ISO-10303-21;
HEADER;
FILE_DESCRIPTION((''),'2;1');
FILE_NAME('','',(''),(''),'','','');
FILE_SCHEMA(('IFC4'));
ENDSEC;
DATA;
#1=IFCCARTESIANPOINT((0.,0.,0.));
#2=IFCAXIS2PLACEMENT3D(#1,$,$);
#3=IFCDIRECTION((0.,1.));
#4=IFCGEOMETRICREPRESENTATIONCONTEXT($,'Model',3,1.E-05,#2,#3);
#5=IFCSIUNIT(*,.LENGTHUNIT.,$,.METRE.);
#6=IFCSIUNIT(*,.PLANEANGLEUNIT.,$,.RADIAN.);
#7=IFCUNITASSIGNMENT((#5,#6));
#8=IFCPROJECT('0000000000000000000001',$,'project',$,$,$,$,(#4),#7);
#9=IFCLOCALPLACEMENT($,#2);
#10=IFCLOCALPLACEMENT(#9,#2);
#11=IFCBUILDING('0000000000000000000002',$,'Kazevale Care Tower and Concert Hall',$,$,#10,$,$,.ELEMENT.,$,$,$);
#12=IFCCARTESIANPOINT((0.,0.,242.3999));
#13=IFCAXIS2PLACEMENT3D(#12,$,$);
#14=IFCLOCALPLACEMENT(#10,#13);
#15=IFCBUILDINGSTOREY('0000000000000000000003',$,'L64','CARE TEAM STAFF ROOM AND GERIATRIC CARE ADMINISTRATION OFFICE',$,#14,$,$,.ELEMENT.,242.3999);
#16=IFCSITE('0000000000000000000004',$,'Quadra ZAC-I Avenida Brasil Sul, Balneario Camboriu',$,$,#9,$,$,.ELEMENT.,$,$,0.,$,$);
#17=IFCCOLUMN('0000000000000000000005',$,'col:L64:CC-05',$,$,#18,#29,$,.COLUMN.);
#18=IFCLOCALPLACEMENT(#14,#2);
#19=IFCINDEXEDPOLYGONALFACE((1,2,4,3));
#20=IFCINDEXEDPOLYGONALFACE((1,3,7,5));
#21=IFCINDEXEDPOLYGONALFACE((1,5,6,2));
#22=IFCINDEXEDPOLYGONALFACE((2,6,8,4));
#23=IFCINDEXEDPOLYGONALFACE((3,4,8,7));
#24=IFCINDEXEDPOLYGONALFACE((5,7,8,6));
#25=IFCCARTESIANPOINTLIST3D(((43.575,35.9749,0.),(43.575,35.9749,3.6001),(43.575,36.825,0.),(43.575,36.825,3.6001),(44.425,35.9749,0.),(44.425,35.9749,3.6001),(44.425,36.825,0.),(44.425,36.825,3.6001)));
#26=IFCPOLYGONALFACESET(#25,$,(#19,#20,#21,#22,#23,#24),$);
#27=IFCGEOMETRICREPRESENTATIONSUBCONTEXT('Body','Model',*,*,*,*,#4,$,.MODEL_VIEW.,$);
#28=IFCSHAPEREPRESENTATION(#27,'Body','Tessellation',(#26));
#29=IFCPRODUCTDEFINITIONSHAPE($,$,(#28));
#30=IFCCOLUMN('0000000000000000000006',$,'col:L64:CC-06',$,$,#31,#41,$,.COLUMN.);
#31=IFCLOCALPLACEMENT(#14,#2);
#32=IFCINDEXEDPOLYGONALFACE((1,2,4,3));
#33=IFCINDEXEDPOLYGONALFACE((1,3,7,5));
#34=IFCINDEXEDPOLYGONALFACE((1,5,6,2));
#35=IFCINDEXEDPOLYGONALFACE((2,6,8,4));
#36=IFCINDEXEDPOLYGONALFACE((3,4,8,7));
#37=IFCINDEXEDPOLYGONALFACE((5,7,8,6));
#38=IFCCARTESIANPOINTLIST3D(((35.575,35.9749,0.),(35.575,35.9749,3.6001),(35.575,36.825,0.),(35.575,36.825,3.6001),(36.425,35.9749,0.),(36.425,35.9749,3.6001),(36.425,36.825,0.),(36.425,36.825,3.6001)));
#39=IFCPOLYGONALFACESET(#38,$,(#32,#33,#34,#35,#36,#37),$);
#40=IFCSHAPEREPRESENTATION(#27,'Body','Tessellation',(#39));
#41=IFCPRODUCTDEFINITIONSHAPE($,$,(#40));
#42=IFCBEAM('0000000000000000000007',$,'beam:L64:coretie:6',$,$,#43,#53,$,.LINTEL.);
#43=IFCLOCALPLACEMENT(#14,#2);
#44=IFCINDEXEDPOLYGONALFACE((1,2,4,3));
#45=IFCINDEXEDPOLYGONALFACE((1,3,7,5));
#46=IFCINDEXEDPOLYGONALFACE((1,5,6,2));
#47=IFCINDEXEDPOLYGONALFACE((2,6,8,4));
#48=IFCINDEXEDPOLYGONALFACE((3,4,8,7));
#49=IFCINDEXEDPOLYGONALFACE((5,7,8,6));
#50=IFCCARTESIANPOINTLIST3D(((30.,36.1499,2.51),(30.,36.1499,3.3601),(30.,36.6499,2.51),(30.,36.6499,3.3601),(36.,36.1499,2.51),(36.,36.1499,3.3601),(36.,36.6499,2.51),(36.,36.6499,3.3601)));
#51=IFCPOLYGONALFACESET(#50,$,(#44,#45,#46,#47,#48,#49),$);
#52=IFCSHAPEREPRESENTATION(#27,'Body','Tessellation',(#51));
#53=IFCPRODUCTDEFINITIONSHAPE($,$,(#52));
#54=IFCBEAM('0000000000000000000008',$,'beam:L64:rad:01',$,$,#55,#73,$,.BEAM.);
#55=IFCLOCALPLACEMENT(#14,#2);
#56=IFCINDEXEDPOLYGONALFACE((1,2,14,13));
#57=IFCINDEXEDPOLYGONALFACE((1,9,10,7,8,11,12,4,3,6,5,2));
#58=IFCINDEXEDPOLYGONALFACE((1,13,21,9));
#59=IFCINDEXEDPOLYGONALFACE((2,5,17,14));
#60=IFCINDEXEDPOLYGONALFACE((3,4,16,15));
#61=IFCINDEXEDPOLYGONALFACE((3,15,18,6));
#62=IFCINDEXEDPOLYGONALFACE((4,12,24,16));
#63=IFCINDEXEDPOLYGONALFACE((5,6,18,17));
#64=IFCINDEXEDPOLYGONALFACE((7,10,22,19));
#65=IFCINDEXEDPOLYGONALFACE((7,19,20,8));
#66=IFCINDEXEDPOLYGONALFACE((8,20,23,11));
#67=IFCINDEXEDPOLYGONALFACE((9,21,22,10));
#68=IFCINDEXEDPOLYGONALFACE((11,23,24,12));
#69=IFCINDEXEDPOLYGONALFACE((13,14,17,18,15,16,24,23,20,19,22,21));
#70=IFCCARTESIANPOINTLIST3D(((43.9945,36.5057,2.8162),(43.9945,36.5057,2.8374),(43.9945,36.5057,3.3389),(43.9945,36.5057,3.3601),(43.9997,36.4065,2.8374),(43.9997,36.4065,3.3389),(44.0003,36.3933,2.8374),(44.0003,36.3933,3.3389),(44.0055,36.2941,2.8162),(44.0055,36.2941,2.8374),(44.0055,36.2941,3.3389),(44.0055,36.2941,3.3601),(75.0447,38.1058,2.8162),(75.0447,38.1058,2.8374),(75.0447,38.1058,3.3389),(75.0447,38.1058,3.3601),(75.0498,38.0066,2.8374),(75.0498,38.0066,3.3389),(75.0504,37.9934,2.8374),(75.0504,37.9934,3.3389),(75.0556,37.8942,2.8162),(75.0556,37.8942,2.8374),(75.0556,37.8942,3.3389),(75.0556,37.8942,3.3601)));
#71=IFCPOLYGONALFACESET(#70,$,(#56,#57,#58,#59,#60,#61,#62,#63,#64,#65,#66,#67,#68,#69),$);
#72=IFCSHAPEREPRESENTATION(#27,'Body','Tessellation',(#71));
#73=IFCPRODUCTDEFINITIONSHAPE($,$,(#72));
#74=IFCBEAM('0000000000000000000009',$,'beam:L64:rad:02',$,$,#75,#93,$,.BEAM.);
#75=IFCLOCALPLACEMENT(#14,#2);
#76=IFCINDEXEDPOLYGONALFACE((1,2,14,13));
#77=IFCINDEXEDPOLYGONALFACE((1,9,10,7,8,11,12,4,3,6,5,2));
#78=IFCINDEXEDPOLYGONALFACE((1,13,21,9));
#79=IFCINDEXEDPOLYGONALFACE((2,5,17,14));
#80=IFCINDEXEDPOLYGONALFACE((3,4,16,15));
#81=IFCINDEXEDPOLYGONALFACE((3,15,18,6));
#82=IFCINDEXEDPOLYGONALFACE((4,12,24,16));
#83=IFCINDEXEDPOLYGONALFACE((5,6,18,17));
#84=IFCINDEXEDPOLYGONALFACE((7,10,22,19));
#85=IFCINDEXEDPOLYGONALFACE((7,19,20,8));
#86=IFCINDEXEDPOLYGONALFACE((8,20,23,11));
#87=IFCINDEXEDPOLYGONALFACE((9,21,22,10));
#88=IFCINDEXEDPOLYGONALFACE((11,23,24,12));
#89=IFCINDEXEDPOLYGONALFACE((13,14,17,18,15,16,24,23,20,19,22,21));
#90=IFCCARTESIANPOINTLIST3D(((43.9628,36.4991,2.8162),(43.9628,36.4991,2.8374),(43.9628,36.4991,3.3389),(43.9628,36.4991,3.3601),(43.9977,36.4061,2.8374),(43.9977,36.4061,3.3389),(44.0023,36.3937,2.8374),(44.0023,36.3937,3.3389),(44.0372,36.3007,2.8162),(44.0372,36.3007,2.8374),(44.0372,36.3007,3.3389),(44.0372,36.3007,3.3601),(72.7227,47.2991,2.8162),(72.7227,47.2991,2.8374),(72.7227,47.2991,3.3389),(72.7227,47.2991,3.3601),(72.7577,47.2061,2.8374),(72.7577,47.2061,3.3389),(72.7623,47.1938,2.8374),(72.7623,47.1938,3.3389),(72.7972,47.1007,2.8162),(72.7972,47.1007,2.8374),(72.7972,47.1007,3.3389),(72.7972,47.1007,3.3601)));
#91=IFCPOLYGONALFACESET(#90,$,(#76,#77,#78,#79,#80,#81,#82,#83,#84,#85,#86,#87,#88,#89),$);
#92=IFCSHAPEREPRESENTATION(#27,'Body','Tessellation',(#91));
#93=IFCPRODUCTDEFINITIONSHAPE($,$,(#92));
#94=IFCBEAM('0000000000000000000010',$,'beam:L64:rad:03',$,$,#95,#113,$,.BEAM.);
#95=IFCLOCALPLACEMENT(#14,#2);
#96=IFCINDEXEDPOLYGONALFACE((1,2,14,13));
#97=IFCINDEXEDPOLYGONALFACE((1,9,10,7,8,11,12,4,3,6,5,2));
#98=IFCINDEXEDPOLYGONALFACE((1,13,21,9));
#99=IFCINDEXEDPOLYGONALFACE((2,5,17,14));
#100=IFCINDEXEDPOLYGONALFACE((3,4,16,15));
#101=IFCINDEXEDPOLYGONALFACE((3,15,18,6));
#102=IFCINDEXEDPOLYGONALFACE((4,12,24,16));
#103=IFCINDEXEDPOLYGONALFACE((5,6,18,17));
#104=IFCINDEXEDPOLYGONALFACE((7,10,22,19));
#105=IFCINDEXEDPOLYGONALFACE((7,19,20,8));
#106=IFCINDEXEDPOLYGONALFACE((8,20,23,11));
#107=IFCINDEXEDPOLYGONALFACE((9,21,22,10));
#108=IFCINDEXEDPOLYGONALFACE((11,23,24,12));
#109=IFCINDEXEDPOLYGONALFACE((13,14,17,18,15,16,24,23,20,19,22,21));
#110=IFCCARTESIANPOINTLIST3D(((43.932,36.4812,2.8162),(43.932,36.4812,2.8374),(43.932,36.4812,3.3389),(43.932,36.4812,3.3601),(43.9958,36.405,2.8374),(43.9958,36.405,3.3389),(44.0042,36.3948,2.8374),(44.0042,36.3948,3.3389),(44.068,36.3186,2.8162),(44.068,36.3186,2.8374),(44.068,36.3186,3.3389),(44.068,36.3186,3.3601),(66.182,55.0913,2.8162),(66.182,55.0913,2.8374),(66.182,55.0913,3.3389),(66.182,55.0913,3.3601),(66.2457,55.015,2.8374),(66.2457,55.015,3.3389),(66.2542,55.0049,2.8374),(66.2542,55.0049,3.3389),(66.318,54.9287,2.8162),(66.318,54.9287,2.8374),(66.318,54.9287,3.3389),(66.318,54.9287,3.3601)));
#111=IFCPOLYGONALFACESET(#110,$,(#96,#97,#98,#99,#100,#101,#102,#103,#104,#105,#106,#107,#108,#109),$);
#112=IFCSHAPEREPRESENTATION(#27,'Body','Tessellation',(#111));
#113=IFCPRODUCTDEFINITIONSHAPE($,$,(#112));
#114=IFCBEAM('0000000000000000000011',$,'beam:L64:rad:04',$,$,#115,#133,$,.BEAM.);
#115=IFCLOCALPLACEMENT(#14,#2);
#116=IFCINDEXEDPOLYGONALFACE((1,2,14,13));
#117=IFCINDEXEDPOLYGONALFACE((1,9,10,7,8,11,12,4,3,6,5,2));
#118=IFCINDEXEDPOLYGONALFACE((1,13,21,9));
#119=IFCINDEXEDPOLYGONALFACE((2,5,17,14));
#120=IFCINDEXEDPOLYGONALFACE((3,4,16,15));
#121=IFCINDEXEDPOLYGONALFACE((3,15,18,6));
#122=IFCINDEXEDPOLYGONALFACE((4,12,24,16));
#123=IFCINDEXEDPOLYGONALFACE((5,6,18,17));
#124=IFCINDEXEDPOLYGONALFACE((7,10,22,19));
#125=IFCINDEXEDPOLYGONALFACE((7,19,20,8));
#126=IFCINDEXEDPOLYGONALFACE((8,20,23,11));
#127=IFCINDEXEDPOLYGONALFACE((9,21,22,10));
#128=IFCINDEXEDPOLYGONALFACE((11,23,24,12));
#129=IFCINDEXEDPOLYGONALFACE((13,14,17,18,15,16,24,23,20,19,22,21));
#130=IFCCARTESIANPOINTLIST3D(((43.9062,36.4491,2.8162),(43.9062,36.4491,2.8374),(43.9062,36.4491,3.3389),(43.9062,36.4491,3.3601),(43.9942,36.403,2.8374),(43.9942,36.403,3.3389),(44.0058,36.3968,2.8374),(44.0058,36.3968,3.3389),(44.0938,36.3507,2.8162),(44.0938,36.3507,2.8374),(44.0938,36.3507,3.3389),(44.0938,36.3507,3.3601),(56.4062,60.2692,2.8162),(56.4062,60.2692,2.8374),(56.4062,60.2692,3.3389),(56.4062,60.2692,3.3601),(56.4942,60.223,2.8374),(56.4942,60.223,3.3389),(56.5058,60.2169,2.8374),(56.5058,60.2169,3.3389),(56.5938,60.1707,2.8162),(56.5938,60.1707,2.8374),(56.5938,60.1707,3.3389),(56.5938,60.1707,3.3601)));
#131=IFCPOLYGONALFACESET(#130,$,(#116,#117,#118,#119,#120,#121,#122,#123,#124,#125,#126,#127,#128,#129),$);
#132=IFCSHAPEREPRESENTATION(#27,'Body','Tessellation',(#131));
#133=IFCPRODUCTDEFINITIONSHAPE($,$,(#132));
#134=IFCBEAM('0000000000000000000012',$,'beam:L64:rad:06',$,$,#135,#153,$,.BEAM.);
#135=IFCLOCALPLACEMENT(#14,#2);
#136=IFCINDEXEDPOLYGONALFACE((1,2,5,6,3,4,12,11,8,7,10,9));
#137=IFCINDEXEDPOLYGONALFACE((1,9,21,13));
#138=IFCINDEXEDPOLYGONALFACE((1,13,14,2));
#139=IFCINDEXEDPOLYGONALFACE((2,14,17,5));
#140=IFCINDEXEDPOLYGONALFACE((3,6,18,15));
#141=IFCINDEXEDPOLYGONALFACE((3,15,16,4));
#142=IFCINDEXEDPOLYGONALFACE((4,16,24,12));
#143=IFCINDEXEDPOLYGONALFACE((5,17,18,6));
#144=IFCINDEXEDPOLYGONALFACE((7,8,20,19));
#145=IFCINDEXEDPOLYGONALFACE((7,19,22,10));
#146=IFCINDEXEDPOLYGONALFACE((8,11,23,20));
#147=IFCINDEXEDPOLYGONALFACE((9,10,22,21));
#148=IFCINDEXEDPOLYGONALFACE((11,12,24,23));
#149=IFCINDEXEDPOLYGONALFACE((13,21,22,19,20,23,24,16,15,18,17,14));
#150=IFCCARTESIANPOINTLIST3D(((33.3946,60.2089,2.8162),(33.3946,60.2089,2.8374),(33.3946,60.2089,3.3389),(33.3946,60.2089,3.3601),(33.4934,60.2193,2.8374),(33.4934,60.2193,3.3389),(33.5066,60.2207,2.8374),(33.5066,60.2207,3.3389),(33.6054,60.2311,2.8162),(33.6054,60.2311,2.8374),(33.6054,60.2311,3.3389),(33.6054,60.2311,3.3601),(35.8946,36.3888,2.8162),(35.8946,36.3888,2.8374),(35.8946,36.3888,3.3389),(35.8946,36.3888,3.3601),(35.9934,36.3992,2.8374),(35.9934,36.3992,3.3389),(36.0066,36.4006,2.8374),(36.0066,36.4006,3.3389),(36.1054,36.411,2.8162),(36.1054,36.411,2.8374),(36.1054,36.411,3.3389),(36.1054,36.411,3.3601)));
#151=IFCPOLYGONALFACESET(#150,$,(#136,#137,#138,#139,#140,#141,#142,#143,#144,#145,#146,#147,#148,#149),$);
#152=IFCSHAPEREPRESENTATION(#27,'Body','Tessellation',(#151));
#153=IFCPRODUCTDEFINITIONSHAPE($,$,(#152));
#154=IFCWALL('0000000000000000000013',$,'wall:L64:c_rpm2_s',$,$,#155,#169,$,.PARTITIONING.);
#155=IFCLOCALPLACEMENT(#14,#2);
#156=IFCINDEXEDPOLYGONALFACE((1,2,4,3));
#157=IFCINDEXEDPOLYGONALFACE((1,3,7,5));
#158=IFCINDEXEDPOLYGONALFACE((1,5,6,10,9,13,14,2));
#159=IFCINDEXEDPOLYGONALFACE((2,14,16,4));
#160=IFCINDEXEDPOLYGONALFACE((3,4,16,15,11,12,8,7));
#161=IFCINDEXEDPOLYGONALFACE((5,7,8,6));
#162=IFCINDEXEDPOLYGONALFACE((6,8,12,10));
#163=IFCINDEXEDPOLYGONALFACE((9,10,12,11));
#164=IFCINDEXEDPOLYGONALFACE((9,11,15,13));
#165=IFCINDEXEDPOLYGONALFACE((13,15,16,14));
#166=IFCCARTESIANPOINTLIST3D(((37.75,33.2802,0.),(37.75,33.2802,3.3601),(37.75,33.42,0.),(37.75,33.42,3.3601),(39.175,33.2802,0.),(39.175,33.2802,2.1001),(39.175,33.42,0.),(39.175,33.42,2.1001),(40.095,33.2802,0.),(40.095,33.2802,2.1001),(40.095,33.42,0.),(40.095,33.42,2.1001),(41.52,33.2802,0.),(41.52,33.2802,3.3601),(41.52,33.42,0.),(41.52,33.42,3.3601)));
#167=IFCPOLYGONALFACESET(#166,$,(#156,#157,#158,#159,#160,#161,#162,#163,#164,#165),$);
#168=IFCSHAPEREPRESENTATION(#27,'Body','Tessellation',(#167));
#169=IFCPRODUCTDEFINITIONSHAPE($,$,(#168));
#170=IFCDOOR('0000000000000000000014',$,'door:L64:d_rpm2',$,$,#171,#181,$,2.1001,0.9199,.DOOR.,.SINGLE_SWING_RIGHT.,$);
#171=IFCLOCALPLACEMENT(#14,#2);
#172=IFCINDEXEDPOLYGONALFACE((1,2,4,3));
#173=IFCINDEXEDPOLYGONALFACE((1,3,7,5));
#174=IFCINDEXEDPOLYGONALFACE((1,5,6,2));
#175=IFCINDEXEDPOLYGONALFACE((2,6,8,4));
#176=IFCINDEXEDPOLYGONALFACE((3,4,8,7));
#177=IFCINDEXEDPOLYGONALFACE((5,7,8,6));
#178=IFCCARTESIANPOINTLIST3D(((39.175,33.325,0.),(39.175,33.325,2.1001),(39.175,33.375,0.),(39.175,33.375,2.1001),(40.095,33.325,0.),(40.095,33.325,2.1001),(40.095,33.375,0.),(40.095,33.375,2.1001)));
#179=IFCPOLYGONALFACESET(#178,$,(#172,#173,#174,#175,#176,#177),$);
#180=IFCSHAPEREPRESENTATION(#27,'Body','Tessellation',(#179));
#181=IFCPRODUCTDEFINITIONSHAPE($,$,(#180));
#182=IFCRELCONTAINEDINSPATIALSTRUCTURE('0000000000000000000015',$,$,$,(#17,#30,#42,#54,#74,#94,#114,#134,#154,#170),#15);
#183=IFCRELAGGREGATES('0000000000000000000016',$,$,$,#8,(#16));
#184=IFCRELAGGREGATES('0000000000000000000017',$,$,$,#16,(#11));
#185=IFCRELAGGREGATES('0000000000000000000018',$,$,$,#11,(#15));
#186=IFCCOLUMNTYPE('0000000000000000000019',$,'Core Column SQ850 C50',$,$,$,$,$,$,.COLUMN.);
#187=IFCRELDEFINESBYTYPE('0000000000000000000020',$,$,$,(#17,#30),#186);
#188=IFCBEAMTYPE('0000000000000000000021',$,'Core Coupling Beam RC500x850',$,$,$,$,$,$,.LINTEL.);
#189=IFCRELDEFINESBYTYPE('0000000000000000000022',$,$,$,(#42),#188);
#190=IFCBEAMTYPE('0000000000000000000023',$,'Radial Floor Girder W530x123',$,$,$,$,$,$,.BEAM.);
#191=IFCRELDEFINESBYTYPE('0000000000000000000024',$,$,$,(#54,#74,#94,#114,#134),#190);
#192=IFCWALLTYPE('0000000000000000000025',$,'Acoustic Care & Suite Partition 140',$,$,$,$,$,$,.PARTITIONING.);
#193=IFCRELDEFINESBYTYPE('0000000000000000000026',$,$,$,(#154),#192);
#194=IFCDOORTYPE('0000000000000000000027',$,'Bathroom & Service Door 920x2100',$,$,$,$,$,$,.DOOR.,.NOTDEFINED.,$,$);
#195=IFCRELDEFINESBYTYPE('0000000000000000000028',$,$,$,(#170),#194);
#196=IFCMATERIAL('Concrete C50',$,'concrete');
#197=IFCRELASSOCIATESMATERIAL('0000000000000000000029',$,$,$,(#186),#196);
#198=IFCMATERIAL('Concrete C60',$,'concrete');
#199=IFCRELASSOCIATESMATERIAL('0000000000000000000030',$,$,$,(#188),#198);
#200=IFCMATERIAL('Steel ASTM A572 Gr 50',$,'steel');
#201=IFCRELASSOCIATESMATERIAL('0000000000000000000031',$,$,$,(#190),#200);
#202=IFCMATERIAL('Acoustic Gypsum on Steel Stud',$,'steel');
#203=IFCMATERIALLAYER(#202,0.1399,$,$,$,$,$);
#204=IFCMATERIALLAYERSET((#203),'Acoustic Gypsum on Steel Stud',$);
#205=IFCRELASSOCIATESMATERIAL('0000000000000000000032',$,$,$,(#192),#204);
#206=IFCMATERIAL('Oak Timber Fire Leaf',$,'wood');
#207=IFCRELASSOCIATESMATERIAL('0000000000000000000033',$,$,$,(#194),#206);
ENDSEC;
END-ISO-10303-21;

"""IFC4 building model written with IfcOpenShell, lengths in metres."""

from ifc_helpers import new_model, si_unit, direction, frame, frame_2d, origin, origin_2d, place, context, subcontext, project, spatial, rectangle, i_section, extrude, material, layer, layer_set, material_profile, profile_set, type_object, element, fill, save


model = new_model("IFC4")

# Units and contexts
model_context = context("Model", 3, precision=1e-05, world=origin(), true_north=direction((0.0, 1.0)))
body_context = subcontext(model_context, "Body", "Model", "MODEL_VIEW")
ifc_project = project(units=[si_unit("LENGTHUNIT", "METRE"), si_unit("PLANEANGLEUNIT", "RADIAN")], contexts=[model_context])

# Site, building, storey
site_placement = place(None, origin())
site = spatial("IfcSite", under=ifc_project, at=site_placement, Name="Quadra ZAC-I Avenida Brasil Sul, Balneario Camboriu", CompositionType="ELEMENT", RefElevation=0.0)
building_placement = place(site_placement, origin())
building = spatial("IfcBuilding", under=site, at=building_placement, Name="Kazevale Care Tower and Concert Hall", CompositionType="ELEMENT")
storey_placement = place(building_placement, frame((0.0, 0.0, 242.3999)))
storey = spatial("IfcBuildingStorey", under=building, at=storey_placement, Name="L64", Description="CARE TEAM STAFF ROOM AND GERIATRIC CARE ADMINISTRATION OFFICE", CompositionType="ELEMENT", Elevation=242.3999)

# Columns
ifc_material_1 = material(Name="Concrete C50", Category="concrete")
ifc_material_profile_1 = material_profile(ifc_material_1, rectangle(XDim=0.8501, YDim=0.8501, at=origin_2d()), Name="RC-SQ850")
ifc_profile_set_1 = profile_set([ifc_material_profile_1], Name="Concrete C50")
column_type = type_object("IfcColumnType", Name="Core Column SQ850 C50", PredefinedType="COLUMN", material=ifc_profile_set_1)
for number, where, z_axis, x_axis, name in (
    (1, (44.0, 36.3999, 0.0), (0.0, 0.0, 1.0), (1.0, 0.0, 0.0), "col:L64:CC-05"),
    (2, (36.0, 36.3999, 0.0), (0.0, 0.0, 1.0), (1.0, 0.0, 0.0), "col:L64:CC-06"),
):
    element("IfcColumn", number, at=place(storey_placement, frame(where, z_axis=z_axis, x_axis=x_axis)), inside=storey, type_object=column_type, Name=name, PredefinedType="COLUMN", context=body_context, shape_type="SweptSolid", body=[
        extrude(rectangle(XDim=0.8501, YDim=0.8501, at=origin_2d()), origin(), (0.0, 0.0, 1.0), 3.6001),
    ])

# Beams
ifc_material_2 = material(Name="Concrete C60", Category="concrete")
ifc_material_profile_2 = material_profile(ifc_material_2, rectangle(XDim=0.5, YDim=0.8501, at=origin_2d()), Name="RC-B500x850")
ifc_profile_set_2 = profile_set([ifc_material_profile_2], Name="Concrete C60")
beam_type_1 = type_object("IfcBeamType", Name="Core Coupling Beam RC500x850", PredefinedType="LINTEL", material=ifc_profile_set_2)
beam_1_placement = place(storey_placement, frame((36.0, 36.3999, 2.9351), z_axis=(-1.0, 0.0, 0.0), x_axis=(0.0, -1.0, 0.0)))
element("IfcBeam", 3, at=beam_1_placement, inside=storey, type_object=beam_type_1, Name="beam:L64:coretie:6", PredefinedType="LINTEL", context=body_context, shape_type="SweptSolid", body=[
    extrude(rectangle(XDim=0.5, YDim=0.8501, at=origin_2d()), origin(), (0.0, 0.0, 1.0), 6.0),
])
ifc_material_3 = material(Name="Steel ASTM A572 Gr 50", Category="steel")
ifc_material_profile_3 = material_profile(ifc_material_3, i_section(OverallWidth=0.2119, OverallDepth=0.5439, WebThickness=0.0132, FlangeThickness=0.0212, at=origin_2d()), Name="W530x123")
ifc_profile_set_3 = profile_set([ifc_material_profile_3], Name="Steel ASTM A572 Gr 50")
beam_type_2 = type_object("IfcBeamType", Name="Radial Floor Girder W530x123", PredefinedType="BEAM", material=ifc_profile_set_3)
beam_2_placement = place(storey_placement, frame((44.0, 36.3999, 3.0881), z_axis=(0.998675, 0.051465, 0.0), x_axis=(-0.051465, 0.998675, 0.0)))
element("IfcBeam", 4, at=beam_2_placement, inside=storey, type_object=beam_type_2, Name="beam:L64:rad:01", PredefinedType="BEAM", context=body_context, shape_type="SweptSolid", body=[
    extrude(i_section(OverallWidth=0.2119, OverallDepth=0.5439, WebThickness=0.0132, FlangeThickness=0.0212, at=origin_2d()), origin(), (0.0, 0.0, 1.0), 31.0913),
])
beam_3_placement = place(storey_placement, frame((44.0, 36.3999, 3.0881), z_axis=(0.936168, 0.351553, 0.0), x_axis=(-0.351553, 0.936168, 0.0)))
element("IfcBeam", 5, at=beam_3_placement, inside=storey, type_object=beam_type_2, Name="beam:L64:rad:02", PredefinedType="BEAM", context=body_context, shape_type="SweptSolid", body=[
    extrude(i_section(OverallWidth=0.2119, OverallDepth=0.5439, WebThickness=0.0132, FlangeThickness=0.0212, at=origin_2d()), origin(), (0.0, 0.0, 1.0), 30.7209),
])
beam_4_placement = place(storey_placement, frame((44.0, 36.3999, 3.0881), z_axis=(0.76706, 0.641576, 0.0), x_axis=(-0.641576, 0.76706, 0.0)))
element("IfcBeam", 6, at=beam_4_placement, inside=storey, type_object=beam_type_2, Name="beam:L64:rad:03", PredefinedType="BEAM", context=body_context, shape_type="SweptSolid", body=[
    extrude(i_section(OverallWidth=0.2119, OverallDepth=0.5439, WebThickness=0.0132, FlangeThickness=0.0212, at=origin_2d()), origin(), (0.0, 0.0, 1.0), 29.0068),
])
beam_5_placement = place(storey_placement, frame((44.0, 36.3999, 3.0881), z_axis=(0.464673, 0.885483, 0.0), x_axis=(-0.885483, 0.464673, 0.0)))
element("IfcBeam", 7, at=beam_5_placement, inside=storey, type_object=beam_type_2, Name="beam:L64:rad:04", PredefinedType="BEAM", context=body_context, shape_type="SweptSolid", body=[
    extrude(i_section(OverallWidth=0.2119, OverallDepth=0.5439, WebThickness=0.0132, FlangeThickness=0.0212, at=origin_2d()), origin(), (0.0, 0.0, 1.0), 26.9006),
])
beam_6_placement = place(storey_placement, frame((36.0, 36.3999, 3.0881), z_axis=(-0.10438, 0.994537, 0.0), x_axis=(-0.994537, -0.10438, 0.0)))
element("IfcBeam", 8, at=beam_6_placement, inside=storey, type_object=beam_type_2, Name="beam:L64:rad:06", PredefinedType="BEAM", context=body_context, shape_type="SweptSolid", body=[
    extrude(i_section(OverallWidth=0.2119, OverallDepth=0.5439, WebThickness=0.0132, FlangeThickness=0.0212, at=origin_2d()), origin(), (0.0, 0.0, 1.0), 23.9509),
])

# Wall, opening, door
ifc_material_4 = material(Name="Acoustic Gypsum on Steel Stud", Category="steel")
ifc_layer_1 = layer(ifc_material_4, 0.1399)
ifc_layer_set_1 = layer_set([ifc_layer_1], Name="Acoustic Gypsum on Steel Stud")
wall_type_1 = type_object("IfcWallType", Name="Acoustic Care & Suite Partition 140", PredefinedType="PARTITIONING", material=ifc_layer_set_1)
wall_1_placement = place(storey_placement, frame((37.75, 33.3501, 0.0), z_axis=(0.0, 0.0, 1.0), x_axis=(1.0, 0.0, 0.0)))
wall_1 = element("IfcWall", 9, at=wall_1_placement, inside=storey, type_object=wall_type_1, Name="wall:L64:c_rpm2_s", PredefinedType="PARTITIONING", context=body_context, shape_type="SweptSolid", body=[
    extrude(rectangle(XDim=3.77, YDim=0.1399, at=frame_2d((1.885, 0.0))), origin(), (0.0, 0.0, 1.0), 3.3601),
])
opening_1_placement = place(wall_1_placement, frame((1.425, 0.0, 0.0)))
opening_1 = element("IfcOpeningElement", 10, at=opening_1_placement, cuts=wall_1, PredefinedType="OPENING", context=body_context, shape_type="SweptSolid", body=[
    extrude(rectangle(XDim=0.9199, YDim=2.1001, at=frame_2d((0.46, 1.05))), frame((0.0, 0.0798, 0.0), z_axis=(0.0, -1.0, 0.0), x_axis=(1.0, 0.0, 0.0)), (0.0, 0.0, 1.0), 0.1599),
])
ifc_material_5 = material(Name="Oak Timber Fire Leaf", Category="wood")
door_type_1 = type_object("IfcDoorType", Name="Bathroom & Service Door 920x2100", OperationType="NOTDEFINED", PredefinedType="DOOR", material=ifc_material_5)
door_1_placement = place(opening_1_placement, origin())
door_1 = element("IfcDoor", 11, at=door_1_placement, inside=storey, type_object=door_type_1, Name="door:L64:d_rpm2", OperationType="SINGLE_SWING_RIGHT", OverallHeight=2.1001, OverallWidth=0.9199, PredefinedType="DOOR", context=body_context, shape_type="SweptSolid", body=[
    extrude(rectangle(XDim=0.9199, YDim=2.1001, at=frame_2d((0.46, 1.05))), frame((0.0, 0.0249, 0.0), z_axis=(0.0, -1.0, 0.0), x_axis=(1.0, 0.0, 0.0)), (0.0, 0.0, 1.0), 0.05),
])
fill(opening_1, door_1)

save(model, "model.ifc")
